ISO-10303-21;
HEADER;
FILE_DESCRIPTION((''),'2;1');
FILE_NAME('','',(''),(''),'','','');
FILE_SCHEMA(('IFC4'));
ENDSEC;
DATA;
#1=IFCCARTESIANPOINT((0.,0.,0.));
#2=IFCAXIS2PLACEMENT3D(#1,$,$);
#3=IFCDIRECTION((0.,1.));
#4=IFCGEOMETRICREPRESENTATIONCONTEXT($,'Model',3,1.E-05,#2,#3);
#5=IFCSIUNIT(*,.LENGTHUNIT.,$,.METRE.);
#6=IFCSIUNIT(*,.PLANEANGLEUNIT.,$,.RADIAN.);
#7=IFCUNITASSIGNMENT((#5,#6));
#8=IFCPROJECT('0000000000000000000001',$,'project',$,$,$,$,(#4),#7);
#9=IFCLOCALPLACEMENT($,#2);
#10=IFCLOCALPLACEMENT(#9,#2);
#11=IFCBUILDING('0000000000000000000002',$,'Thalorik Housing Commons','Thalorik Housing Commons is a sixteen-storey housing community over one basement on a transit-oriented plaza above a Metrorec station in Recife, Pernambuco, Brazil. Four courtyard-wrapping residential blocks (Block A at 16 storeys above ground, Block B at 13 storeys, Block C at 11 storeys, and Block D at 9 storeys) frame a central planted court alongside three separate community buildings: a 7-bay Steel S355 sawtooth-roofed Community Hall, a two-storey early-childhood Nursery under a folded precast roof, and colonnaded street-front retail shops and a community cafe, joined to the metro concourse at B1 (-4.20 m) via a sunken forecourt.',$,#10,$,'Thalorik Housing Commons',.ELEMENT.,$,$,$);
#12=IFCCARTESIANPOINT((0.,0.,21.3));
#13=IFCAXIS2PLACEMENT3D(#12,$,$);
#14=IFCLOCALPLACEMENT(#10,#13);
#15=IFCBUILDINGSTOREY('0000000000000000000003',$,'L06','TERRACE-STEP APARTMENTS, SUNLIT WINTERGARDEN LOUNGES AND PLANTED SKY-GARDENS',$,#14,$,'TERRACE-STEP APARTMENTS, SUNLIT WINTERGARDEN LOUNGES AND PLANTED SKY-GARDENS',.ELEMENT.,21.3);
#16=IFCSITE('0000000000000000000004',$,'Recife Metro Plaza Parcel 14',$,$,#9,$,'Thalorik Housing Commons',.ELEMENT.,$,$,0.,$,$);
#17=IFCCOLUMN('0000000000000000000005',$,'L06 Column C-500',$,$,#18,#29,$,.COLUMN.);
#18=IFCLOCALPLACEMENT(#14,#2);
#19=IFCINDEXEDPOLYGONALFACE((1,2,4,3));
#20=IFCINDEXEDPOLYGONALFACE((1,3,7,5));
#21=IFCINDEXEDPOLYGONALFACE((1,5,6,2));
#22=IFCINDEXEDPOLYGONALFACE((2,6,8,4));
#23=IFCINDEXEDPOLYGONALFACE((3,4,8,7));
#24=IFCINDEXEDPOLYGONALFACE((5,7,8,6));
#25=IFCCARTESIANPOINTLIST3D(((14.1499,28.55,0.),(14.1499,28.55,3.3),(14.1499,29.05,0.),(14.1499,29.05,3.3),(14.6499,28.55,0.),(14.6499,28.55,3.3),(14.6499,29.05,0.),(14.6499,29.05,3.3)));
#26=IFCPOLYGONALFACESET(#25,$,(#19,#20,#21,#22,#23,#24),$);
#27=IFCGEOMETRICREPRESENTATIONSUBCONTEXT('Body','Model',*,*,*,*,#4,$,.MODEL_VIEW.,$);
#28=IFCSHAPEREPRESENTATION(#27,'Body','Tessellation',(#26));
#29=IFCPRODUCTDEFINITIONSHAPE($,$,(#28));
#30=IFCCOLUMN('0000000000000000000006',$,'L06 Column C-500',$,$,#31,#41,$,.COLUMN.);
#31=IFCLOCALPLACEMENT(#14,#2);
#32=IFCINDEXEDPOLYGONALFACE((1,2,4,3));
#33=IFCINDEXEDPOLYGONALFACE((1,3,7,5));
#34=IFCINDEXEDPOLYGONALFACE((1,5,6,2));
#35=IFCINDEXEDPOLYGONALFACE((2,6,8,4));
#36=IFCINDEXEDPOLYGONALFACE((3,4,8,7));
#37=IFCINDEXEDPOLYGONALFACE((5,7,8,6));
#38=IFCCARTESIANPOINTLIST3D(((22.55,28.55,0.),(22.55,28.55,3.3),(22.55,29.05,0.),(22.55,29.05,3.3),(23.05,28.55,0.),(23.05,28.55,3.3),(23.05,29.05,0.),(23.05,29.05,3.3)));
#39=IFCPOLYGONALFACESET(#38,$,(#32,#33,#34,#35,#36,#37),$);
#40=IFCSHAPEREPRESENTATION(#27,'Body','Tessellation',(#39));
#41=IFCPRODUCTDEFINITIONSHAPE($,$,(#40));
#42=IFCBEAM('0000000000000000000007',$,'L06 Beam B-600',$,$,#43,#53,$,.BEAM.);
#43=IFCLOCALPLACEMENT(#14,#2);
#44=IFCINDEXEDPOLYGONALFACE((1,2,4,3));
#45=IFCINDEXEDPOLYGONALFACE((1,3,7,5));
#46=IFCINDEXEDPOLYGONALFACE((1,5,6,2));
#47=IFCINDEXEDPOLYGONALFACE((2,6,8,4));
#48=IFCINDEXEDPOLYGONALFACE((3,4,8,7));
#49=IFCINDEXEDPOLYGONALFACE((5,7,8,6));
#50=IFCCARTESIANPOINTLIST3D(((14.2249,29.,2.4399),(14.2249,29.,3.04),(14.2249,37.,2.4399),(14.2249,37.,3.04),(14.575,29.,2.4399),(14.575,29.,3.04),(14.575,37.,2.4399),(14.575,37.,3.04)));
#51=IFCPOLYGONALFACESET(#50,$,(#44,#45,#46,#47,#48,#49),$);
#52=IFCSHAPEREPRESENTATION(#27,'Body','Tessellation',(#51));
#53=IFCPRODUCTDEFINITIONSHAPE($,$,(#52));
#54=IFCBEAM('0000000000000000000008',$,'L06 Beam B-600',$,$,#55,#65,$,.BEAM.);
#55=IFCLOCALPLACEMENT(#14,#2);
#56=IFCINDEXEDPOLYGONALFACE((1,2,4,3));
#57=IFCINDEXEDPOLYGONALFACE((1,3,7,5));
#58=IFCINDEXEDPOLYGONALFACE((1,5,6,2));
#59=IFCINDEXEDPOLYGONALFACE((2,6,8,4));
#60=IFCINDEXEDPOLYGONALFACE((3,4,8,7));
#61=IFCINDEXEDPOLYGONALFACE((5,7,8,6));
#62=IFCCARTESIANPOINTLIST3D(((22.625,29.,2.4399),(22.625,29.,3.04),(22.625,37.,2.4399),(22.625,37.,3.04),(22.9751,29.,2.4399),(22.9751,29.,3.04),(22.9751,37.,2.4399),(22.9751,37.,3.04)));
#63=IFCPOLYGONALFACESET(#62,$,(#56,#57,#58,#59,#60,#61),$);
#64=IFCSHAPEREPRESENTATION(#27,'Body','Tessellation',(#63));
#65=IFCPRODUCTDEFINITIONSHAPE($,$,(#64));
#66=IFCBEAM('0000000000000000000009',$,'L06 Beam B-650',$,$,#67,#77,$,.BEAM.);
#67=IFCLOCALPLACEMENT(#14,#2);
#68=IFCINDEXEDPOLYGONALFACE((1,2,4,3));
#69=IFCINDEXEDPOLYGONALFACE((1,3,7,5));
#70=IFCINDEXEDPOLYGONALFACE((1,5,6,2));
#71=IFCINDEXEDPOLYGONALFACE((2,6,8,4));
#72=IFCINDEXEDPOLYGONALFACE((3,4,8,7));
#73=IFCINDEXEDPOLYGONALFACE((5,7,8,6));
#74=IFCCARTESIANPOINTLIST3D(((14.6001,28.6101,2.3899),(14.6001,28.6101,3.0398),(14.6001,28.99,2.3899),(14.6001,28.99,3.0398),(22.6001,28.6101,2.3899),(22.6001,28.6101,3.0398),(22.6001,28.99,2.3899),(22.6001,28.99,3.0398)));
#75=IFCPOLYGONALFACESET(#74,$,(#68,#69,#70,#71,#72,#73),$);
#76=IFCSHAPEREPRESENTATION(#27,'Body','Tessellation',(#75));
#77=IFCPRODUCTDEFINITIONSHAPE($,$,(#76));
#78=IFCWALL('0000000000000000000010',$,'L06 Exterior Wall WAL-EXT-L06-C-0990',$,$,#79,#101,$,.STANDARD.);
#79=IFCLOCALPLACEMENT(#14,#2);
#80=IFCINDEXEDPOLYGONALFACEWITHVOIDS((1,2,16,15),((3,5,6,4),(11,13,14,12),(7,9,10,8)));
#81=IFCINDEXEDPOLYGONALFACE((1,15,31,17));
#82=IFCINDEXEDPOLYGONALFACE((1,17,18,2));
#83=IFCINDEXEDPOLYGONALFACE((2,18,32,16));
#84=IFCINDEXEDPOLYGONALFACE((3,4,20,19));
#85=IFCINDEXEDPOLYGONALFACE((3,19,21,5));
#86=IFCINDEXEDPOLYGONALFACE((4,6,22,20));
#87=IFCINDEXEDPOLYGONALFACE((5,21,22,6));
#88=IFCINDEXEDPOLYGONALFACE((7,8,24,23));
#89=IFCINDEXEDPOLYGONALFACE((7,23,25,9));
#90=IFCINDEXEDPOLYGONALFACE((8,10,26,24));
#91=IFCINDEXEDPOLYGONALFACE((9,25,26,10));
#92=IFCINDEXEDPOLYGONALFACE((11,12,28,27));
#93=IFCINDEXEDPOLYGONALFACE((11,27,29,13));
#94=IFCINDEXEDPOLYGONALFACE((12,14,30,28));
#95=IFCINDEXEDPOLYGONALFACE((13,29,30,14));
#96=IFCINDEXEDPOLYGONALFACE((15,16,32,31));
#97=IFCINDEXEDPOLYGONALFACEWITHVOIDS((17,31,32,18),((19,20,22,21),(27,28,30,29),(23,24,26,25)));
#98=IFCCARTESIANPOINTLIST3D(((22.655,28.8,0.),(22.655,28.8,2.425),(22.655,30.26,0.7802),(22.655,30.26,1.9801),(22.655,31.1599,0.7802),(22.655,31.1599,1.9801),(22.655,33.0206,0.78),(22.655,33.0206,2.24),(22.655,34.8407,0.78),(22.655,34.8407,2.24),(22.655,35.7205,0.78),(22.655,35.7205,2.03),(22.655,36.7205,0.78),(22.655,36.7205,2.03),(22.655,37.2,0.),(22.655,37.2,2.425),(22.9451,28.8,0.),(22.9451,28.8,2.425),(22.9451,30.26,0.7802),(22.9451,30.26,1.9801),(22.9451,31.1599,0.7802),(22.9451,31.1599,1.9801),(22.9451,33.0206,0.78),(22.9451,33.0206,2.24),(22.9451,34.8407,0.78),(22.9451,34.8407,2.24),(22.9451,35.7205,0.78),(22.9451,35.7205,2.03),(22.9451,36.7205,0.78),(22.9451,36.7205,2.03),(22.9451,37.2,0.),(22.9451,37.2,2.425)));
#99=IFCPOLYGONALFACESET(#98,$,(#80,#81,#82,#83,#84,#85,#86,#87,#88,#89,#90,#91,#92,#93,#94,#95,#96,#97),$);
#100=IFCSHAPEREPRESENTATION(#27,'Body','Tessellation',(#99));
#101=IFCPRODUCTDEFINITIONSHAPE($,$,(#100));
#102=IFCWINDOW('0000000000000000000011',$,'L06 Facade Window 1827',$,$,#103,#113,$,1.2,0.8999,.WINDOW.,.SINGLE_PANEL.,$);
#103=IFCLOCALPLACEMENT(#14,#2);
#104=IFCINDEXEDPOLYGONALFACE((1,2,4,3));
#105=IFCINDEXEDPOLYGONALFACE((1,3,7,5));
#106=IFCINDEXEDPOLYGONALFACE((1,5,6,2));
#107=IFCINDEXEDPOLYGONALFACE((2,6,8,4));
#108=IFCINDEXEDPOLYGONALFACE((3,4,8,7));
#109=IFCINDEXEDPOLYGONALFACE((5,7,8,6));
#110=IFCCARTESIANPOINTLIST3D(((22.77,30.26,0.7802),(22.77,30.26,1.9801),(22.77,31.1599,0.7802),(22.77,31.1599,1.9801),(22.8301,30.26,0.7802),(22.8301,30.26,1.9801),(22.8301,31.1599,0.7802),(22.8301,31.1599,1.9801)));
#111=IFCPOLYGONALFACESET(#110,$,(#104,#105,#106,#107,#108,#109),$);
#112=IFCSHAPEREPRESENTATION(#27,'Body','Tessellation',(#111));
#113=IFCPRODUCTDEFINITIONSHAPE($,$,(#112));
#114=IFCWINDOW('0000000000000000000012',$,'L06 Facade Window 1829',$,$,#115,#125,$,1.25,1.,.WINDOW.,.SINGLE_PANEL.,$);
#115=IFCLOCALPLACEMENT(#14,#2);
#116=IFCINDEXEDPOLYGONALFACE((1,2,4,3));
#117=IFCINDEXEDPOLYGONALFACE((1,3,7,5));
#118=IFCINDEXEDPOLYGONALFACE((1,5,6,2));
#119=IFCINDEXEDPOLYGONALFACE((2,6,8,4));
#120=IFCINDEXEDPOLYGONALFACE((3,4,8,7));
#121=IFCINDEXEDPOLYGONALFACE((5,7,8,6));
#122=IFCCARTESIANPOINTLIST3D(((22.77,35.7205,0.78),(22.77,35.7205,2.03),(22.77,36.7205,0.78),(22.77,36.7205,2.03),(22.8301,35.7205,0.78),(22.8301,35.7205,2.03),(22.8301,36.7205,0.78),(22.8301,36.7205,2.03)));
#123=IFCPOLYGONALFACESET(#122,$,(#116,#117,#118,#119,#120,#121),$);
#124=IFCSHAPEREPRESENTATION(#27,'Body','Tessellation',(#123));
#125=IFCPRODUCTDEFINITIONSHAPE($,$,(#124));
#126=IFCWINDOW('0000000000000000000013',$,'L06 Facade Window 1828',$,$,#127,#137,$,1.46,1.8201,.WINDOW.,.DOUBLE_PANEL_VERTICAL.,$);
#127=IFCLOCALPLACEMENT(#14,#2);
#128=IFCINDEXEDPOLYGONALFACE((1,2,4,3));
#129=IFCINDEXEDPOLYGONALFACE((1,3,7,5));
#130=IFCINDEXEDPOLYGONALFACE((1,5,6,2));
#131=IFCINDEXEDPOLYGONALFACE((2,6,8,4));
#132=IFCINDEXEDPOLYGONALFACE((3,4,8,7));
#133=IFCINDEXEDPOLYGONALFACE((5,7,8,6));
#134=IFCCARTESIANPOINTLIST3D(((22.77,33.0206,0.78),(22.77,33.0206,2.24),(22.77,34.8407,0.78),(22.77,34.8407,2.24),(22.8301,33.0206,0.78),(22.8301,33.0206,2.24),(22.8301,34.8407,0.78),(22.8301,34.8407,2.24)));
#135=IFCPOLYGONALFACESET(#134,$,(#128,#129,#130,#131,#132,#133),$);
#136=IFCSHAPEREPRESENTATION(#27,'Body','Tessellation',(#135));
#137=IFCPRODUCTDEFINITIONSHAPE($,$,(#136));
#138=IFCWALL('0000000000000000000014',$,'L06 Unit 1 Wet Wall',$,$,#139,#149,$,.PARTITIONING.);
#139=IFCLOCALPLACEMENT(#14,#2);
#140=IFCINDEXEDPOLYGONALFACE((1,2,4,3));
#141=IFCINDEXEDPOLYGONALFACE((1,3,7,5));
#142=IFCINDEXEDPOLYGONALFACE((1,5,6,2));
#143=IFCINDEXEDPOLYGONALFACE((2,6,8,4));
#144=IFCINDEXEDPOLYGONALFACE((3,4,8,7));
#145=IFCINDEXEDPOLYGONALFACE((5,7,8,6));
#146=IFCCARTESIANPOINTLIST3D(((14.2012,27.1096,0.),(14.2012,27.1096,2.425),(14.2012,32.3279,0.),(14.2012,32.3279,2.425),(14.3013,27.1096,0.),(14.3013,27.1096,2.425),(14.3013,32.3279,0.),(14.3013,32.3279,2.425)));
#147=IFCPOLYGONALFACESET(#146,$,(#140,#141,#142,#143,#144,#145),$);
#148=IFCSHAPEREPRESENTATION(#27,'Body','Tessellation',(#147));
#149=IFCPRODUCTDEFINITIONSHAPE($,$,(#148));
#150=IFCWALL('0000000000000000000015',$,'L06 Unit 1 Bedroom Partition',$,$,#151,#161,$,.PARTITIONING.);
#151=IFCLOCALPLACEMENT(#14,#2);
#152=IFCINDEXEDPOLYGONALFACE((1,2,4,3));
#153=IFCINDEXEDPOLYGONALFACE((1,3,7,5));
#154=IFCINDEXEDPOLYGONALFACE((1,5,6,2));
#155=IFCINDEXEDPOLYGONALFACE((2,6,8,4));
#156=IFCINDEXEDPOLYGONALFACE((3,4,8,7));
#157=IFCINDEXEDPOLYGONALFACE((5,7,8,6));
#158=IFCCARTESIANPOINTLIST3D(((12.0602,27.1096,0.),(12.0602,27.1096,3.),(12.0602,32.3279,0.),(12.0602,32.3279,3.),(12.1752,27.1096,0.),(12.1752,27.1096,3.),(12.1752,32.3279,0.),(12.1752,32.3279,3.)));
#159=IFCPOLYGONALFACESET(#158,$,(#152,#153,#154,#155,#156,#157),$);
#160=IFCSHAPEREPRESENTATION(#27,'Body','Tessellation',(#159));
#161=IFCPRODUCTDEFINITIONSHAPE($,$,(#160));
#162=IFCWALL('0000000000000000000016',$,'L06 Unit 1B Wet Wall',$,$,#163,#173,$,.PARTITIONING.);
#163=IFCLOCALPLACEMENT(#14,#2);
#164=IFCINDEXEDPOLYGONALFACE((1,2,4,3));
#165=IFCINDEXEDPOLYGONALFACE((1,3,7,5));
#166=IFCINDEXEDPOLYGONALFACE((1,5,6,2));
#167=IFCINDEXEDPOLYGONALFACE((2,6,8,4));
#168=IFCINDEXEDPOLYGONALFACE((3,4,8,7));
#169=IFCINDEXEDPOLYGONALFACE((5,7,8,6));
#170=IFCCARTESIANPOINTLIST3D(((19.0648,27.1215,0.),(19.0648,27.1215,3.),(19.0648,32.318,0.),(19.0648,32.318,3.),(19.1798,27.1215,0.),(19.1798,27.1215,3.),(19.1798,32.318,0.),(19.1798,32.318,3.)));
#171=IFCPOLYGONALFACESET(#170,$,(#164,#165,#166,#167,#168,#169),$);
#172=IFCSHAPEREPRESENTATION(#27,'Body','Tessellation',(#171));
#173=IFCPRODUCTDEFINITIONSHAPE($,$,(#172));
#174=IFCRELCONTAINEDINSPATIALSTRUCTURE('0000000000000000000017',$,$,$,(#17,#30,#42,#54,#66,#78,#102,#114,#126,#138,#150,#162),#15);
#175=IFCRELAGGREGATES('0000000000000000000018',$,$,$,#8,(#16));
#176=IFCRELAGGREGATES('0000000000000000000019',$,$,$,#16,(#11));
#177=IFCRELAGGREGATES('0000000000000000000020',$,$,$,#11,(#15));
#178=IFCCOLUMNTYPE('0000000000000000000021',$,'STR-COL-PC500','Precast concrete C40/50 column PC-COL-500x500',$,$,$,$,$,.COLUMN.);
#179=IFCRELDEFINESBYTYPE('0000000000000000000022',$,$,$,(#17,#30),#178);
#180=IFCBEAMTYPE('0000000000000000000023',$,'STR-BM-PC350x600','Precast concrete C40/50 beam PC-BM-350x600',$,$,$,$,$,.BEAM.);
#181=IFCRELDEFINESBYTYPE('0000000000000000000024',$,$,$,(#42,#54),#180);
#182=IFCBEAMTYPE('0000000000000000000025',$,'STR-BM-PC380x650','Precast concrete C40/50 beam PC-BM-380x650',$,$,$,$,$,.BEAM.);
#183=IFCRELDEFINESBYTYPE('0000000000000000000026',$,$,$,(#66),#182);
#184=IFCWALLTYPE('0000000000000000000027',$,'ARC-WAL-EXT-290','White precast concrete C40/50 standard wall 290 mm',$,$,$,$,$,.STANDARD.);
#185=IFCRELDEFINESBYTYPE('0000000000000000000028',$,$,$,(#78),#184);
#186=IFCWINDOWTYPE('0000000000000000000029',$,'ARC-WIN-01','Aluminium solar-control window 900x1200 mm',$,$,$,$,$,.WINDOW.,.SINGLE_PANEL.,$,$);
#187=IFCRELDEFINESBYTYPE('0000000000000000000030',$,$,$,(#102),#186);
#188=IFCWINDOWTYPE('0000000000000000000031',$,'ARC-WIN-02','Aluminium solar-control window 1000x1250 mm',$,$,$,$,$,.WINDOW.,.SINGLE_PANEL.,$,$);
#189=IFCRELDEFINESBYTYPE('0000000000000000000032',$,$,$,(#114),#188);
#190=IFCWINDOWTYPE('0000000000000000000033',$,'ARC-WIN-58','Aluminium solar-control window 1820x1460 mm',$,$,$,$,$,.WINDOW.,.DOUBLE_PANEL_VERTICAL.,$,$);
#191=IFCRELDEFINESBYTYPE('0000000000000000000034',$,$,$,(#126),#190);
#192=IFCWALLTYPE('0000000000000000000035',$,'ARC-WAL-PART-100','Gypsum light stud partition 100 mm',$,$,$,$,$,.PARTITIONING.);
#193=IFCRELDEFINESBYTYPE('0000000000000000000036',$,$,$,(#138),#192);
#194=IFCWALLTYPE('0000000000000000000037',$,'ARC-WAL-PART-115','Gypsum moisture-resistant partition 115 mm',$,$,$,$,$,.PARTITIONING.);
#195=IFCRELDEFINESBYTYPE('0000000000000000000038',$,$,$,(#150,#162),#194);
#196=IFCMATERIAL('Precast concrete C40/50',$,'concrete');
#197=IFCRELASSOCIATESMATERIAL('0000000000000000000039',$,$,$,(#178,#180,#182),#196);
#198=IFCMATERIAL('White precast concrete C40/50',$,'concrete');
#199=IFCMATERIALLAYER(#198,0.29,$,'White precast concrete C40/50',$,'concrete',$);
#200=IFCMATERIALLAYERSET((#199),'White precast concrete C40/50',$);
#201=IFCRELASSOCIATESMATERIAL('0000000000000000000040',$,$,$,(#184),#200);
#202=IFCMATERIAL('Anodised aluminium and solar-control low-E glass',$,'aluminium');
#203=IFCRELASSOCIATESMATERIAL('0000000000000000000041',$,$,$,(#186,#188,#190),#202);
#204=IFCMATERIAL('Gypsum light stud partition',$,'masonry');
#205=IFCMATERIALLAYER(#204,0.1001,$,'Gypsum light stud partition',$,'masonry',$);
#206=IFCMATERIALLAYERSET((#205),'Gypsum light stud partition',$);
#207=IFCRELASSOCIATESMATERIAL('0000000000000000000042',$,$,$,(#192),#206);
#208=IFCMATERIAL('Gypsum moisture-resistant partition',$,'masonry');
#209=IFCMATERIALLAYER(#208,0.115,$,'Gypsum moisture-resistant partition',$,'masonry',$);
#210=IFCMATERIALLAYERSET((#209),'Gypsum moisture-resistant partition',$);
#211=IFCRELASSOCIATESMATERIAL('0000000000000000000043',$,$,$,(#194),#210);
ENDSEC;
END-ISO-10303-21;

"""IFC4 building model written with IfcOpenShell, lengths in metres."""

from ifc_helpers import new_model, si_unit, direction, frame, frame_2d, origin, origin_2d, place, context, subcontext, project, spatial, rectangle, extrude, material, layer, layer_set, material_profile, profile_set, type_object, element, fill, save


model = new_model("IFC4")

# Units and contexts
model_context = context("Model", 3, precision=1e-05, world=origin(), true_north=direction((0.0, 1.0)))
body_context = subcontext(model_context, "Body", "Model", "MODEL_VIEW")
ifc_project = project(units=[si_unit("LENGTHUNIT", "METRE"), si_unit("PLANEANGLEUNIT", "RADIAN")], contexts=[model_context])

# Site, building, storey
site_placement = place(None, origin())
site = spatial("IfcSite", under=ifc_project, at=site_placement, Name="Recife Metro Plaza Parcel 14", LongName="Thalorik Housing Commons", CompositionType="ELEMENT", RefElevation=0.0)
building_placement = place(site_placement, origin())
building = spatial("IfcBuilding", under=site, at=building_placement, Name="Thalorik Housing Commons", Description="Thalorik Housing Commons is a sixteen-storey housing community over one basement on a transit-oriented plaza above a Metrorec station in Recife, Pernambuco, Brazil. Four courtyard-wrapping residential blocks (Block A at 16 storeys above ground, Block B at 13 storeys, Block C at 11 storeys, and Block D at 9 storeys) frame a central planted court alongside three separate community buildings: a 7-bay Steel S355 sawtooth-roofed Community Hall, a two-storey early-childhood Nursery under a folded precast roof, and colonnaded street-front retail shops and a community cafe, joined to the metro concourse at B1 (-4.20 m) via a sunken forecourt.", LongName="Thalorik Housing Commons", CompositionType="ELEMENT")
storey_placement = place(building_placement, frame((0.0, 0.0, 21.3)))
storey = spatial("IfcBuildingStorey", under=building, at=storey_placement, Name="L06", Description="TERRACE-STEP APARTMENTS, SUNLIT WINTERGARDEN LOUNGES AND PLANTED SKY-GARDENS", LongName="TERRACE-STEP APARTMENTS, SUNLIT WINTERGARDEN LOUNGES AND PLANTED SKY-GARDENS", CompositionType="ELEMENT", Elevation=21.3)

# Columns
ifc_material_1 = material(Name="Precast concrete C40/50", Category="concrete")
ifc_material_profile_1 = material_profile(ifc_material_1, rectangle(XDim=0.5, YDim=0.5, at=origin_2d()), Name="PC 500x500", Category="concrete")
ifc_profile_set_1 = profile_set([ifc_material_profile_1], Name="Precast concrete C40/50")
column_type = type_object("IfcColumnType", Name="STR-COL-PC500", Description="Precast concrete C40/50 column PC-COL-500x500", PredefinedType="COLUMN", material=ifc_profile_set_1)
for number, where, z_axis, x_axis, name in (
    (1, (14.3999, 28.8, 0.0), (0.0, 0.0, 1.0), (1.0, 0.0, 0.0), "L06 Column C-500"),
    (2, (22.8, 28.8, 0.0), (0.0, 0.0, 1.0), (1.0, 0.0, 0.0), "L06 Column C-500"),
):
    element("IfcColumn", number, at=place(storey_placement, frame(where, z_axis=z_axis, x_axis=x_axis)), inside=storey, type_object=column_type, Name=name, PredefinedType="COLUMN", context=body_context, shape_type="SweptSolid", body=[
        extrude(rectangle(XDim=0.5, YDim=0.5, at=origin_2d()), origin(), (0.0, 0.0, 1.0), 3.3),
    ])

# Beams
ifc_material_profile_2 = material_profile(ifc_material_1, rectangle(XDim=0.3501, YDim=0.6001, at=origin_2d()), Name="PC 350x600", Category="concrete")
ifc_profile_set_2 = profile_set([ifc_material_profile_2], Name="Precast concrete C40/50")
beam_type_1 = type_object("IfcBeamType", Name="STR-BM-PC350x600", Description="Precast concrete C40/50 beam PC-BM-350x600", PredefinedType="BEAM", material=ifc_profile_set_2)
for number, where, z_axis, x_axis, name in (
    (3, (14.3999, 29.0, 2.74), (0.0, 1.0, 0.0), (-1.0, 0.0, 0.0), "L06 Beam B-600"),
    (4, (22.8, 29.0, 2.74), (0.0, 1.0, 0.0), (-1.0, 0.0, 0.0), "L06 Beam B-600"),
):
    element("IfcBeam", number, at=place(storey_placement, frame(where, z_axis=z_axis, x_axis=x_axis)), inside=storey, type_object=beam_type_1, Name=name, PredefinedType="BEAM", context=body_context, shape_type="SweptSolid", body=[
        extrude(rectangle(XDim=0.3501, YDim=0.6001, at=origin_2d()), origin(), (0.0, 0.0, 1.0), 8.0),
    ])
ifc_material_profile_3 = material_profile(ifc_material_1, rectangle(XDim=0.3799, YDim=0.6499, at=origin_2d()), Name="PC 380x650", Category="concrete")
ifc_profile_set_3 = profile_set([ifc_material_profile_3], Name="Precast concrete C40/50")
beam_type_2 = type_object("IfcBeamType", Name="STR-BM-PC380x650", Description="Precast concrete C40/50 beam PC-BM-380x650", PredefinedType="BEAM", material=ifc_profile_set_3)
beam_placement = place(storey_placement, frame((14.6001, 28.8, 2.7148), z_axis=(1.0, 0.0, 0.0), x_axis=(0.0, 1.0, 0.0)))
element("IfcBeam", 5, at=beam_placement, inside=storey, type_object=beam_type_2, Name="L06 Beam B-650", PredefinedType="BEAM", context=body_context, shape_type="SweptSolid", body=[
    extrude(rectangle(XDim=0.3799, YDim=0.6499, at=origin_2d()), origin(), (0.0, 0.0, 1.0), 8.0),
])

# Wall, openings, windows
ifc_material_2 = material(Name="White precast concrete C40/50", Category="concrete")
ifc_layer_1 = layer(ifc_material_2, 0.29, Name="White precast concrete C40/50", Category="concrete")
ifc_layer_set_1 = layer_set([ifc_layer_1], Name="White precast concrete C40/50")
wall_type_1 = type_object("IfcWallType", Name="ARC-WAL-EXT-290", Description="White precast concrete C40/50 standard wall 290 mm", PredefinedType="STANDARD", material=ifc_layer_set_1)
wall_1_placement = place(storey_placement, frame((22.8, 28.8, 0.0), z_axis=(0.0, 0.0, 1.0), x_axis=(0.0, 1.0, 0.0)))
wall_1 = element("IfcWall", 6, at=wall_1_placement, inside=storey, type_object=wall_type_1, Name="L06 Exterior Wall WAL-EXT-L06-C-0990", PredefinedType="STANDARD", context=body_context, shape_type="SweptSolid", body=[
    extrude(rectangle(XDim=8.3999, YDim=0.29, at=frame_2d((4.2, 0.0))), origin(), (0.0, 0.0, 1.0), 2.425),
])
opening_1_placement = place(wall_1_placement, frame((1.46, 0.0, 0.78)))
opening_1 = element("IfcOpeningElement", 7, at=opening_1_placement, cuts=wall_1, PredefinedType="OPENING", context=body_context, shape_type="SweptSolid", body=[
    extrude(rectangle(XDim=0.8999, YDim=1.2, at=frame_2d((0.45, 0.6001))), frame((0.0, 0.155, 0.0), z_axis=(0.0, -1.0, 0.0), x_axis=(1.0, 0.0, 0.0)), (0.0, 0.0, 1.0), 0.3101),
])
opening_2_placement = place(wall_1_placement, frame((4.2205, 0.0, 0.78)))
opening_2 = element("IfcOpeningElement", 8, at=opening_2_placement, cuts=wall_1, PredefinedType="OPENING", context=body_context, shape_type="SweptSolid", body=[
    extrude(rectangle(XDim=1.8201, YDim=1.46, at=frame_2d((0.9102, 0.73))), frame((0.0, 0.155, 0.0), z_axis=(0.0, -1.0, 0.0), x_axis=(1.0, 0.0, 0.0)), (0.0, 0.0, 1.0), 0.3101),
])
opening_3_placement = place(wall_1_placement, frame((6.9204, 0.0, 0.78)))
opening_3 = element("IfcOpeningElement", 9, at=opening_3_placement, cuts=wall_1, PredefinedType="OPENING", context=body_context, shape_type="SweptSolid", body=[
    extrude(rectangle(XDim=1.0, YDim=1.25, at=frame_2d((0.5, 0.625))), frame((0.0, 0.155, 0.0), z_axis=(0.0, -1.0, 0.0), x_axis=(1.0, 0.0, 0.0)), (0.0, 0.0, 1.0), 0.3101),
])
ifc_material_3 = material(Name="Anodised aluminium and solar-control low-E glass", Category="aluminium")
window_type_1 = type_object("IfcWindowType", Name="ARC-WIN-01", Description="Aluminium solar-control window 900x1200 mm", PartitioningType="SINGLE_PANEL", PredefinedType="WINDOW", material=ifc_material_3)
window_1_placement = place(opening_1_placement, origin())
window_1 = element("IfcWindow", 10, at=window_1_placement, inside=storey, type_object=window_type_1, Name="L06 Facade Window 1827", OverallHeight=1.2, OverallWidth=0.8999, PartitioningType="SINGLE_PANEL", PredefinedType="WINDOW", context=body_context, shape_type="SweptSolid", body=[
    extrude(rectangle(XDim=0.8999, YDim=1.2, at=frame_2d((0.45, 0.6001))), frame((0.0, 0.03, 0.0), z_axis=(0.0, -1.0, 0.0), x_axis=(1.0, 0.0, 0.0)), (0.0, 0.0, 1.0), 0.0601),
])
fill(opening_1, window_1)
window_type_2 = type_object("IfcWindowType", Name="ARC-WIN-02", Description="Aluminium solar-control window 1000x1250 mm", PartitioningType="SINGLE_PANEL", PredefinedType="WINDOW", material=ifc_material_3)
window_2_placement = place(opening_3_placement, origin())
window_2 = element("IfcWindow", 11, at=window_2_placement, inside=storey, type_object=window_type_2, Name="L06 Facade Window 1829", OverallHeight=1.25, OverallWidth=1.0, PartitioningType="SINGLE_PANEL", PredefinedType="WINDOW", context=body_context, shape_type="SweptSolid", body=[
    extrude(rectangle(XDim=1.0, YDim=1.25, at=frame_2d((0.5, 0.625))), frame((0.0, 0.03, 0.0), z_axis=(0.0, -1.0, 0.0), x_axis=(1.0, 0.0, 0.0)), (0.0, 0.0, 1.0), 0.0601),
])
fill(opening_3, window_2)
window_type_3 = type_object("IfcWindowType", Name="ARC-WIN-58", Description="Aluminium solar-control window 1820x1460 mm", PartitioningType="DOUBLE_PANEL_VERTICAL", PredefinedType="WINDOW", material=ifc_material_3)
window_3_placement = place(opening_2_placement, origin())
window_3 = element("IfcWindow", 12, at=window_3_placement, inside=storey, type_object=window_type_3, Name="L06 Facade Window 1828", OverallHeight=1.46, OverallWidth=1.8201, PartitioningType="DOUBLE_PANEL_VERTICAL", PredefinedType="WINDOW", context=body_context, shape_type="SweptSolid", body=[
    extrude(rectangle(XDim=1.8201, YDim=1.46, at=frame_2d((0.9102, 0.73))), frame((0.0, 0.03, 0.0), z_axis=(0.0, -1.0, 0.0), x_axis=(1.0, 0.0, 0.0)), (0.0, 0.0, 1.0), 0.0601),
])
fill(opening_2, window_3)

# Walls
ifc_material_4 = material(Name="Gypsum light stud partition", Category="masonry")
ifc_layer_2 = layer(ifc_material_4, 0.1001, Name="Gypsum light stud partition", Category="masonry")
ifc_layer_set_2 = layer_set([ifc_layer_2], Name="Gypsum light stud partition")
wall_type_2 = type_object("IfcWallType", Name="ARC-WAL-PART-100", Description="Gypsum light stud partition 100 mm", PredefinedType="PARTITIONING", material=ifc_layer_set_2)
wall_2_placement = place(storey_placement, frame((14.2512, 27.1096, 0.0), z_axis=(0.0, 0.0, 1.0), x_axis=(0.0, 1.0, 0.0)))
element("IfcWall", 13, at=wall_2_placement, inside=storey, type_object=wall_type_2, Name="L06 Unit 1 Wet Wall", PredefinedType="PARTITIONING", context=body_context, shape_type="SweptSolid", body=[
    extrude(rectangle(XDim=5.2183, YDim=0.1001, at=frame_2d((2.6091, 0.0))), origin(), (0.0, 0.0, 1.0), 2.425),
])
ifc_material_5 = material(Name="Gypsum moisture-resistant partition", Category="masonry")
ifc_layer_3 = layer(ifc_material_5, 0.115, Name="Gypsum moisture-resistant partition", Category="masonry")
ifc_layer_set_3 = layer_set([ifc_layer_3], Name="Gypsum moisture-resistant partition")
wall_type_3 = type_object("IfcWallType", Name="ARC-WAL-PART-115", Description="Gypsum moisture-resistant partition 115 mm", PredefinedType="PARTITIONING", material=ifc_layer_set_3)
wall_3_placement = place(storey_placement, frame((12.1177, 27.1096, 0.0), z_axis=(0.0, 0.0, 1.0), x_axis=(0.0, 1.0, 0.0)))
element("IfcWall", 14, at=wall_3_placement, inside=storey, type_object=wall_type_3, Name="L06 Unit 1 Bedroom Partition", PredefinedType="PARTITIONING", context=body_context, shape_type="SweptSolid", body=[
    extrude(rectangle(XDim=5.2183, YDim=0.115, at=frame_2d((2.6091, 0.0))), origin(), (0.0, 0.0, 1.0), 3.0),
])
wall_4_placement = place(storey_placement, frame((19.1223, 27.1216, 0.0), z_axis=(0.0, 0.0, 1.0), x_axis=(0.0, 1.0, 0.0)))
element("IfcWall", 15, at=wall_4_placement, inside=storey, type_object=wall_type_3, Name="L06 Unit 1B Wet Wall", PredefinedType="PARTITIONING", context=body_context, shape_type="SweptSolid", body=[
    extrude(rectangle(XDim=5.1965, YDim=0.115, at=frame_2d((2.5981, 0.0))), origin(), (0.0, 0.0, 1.0), 3.0),
])

save(model, "model.ifc")
